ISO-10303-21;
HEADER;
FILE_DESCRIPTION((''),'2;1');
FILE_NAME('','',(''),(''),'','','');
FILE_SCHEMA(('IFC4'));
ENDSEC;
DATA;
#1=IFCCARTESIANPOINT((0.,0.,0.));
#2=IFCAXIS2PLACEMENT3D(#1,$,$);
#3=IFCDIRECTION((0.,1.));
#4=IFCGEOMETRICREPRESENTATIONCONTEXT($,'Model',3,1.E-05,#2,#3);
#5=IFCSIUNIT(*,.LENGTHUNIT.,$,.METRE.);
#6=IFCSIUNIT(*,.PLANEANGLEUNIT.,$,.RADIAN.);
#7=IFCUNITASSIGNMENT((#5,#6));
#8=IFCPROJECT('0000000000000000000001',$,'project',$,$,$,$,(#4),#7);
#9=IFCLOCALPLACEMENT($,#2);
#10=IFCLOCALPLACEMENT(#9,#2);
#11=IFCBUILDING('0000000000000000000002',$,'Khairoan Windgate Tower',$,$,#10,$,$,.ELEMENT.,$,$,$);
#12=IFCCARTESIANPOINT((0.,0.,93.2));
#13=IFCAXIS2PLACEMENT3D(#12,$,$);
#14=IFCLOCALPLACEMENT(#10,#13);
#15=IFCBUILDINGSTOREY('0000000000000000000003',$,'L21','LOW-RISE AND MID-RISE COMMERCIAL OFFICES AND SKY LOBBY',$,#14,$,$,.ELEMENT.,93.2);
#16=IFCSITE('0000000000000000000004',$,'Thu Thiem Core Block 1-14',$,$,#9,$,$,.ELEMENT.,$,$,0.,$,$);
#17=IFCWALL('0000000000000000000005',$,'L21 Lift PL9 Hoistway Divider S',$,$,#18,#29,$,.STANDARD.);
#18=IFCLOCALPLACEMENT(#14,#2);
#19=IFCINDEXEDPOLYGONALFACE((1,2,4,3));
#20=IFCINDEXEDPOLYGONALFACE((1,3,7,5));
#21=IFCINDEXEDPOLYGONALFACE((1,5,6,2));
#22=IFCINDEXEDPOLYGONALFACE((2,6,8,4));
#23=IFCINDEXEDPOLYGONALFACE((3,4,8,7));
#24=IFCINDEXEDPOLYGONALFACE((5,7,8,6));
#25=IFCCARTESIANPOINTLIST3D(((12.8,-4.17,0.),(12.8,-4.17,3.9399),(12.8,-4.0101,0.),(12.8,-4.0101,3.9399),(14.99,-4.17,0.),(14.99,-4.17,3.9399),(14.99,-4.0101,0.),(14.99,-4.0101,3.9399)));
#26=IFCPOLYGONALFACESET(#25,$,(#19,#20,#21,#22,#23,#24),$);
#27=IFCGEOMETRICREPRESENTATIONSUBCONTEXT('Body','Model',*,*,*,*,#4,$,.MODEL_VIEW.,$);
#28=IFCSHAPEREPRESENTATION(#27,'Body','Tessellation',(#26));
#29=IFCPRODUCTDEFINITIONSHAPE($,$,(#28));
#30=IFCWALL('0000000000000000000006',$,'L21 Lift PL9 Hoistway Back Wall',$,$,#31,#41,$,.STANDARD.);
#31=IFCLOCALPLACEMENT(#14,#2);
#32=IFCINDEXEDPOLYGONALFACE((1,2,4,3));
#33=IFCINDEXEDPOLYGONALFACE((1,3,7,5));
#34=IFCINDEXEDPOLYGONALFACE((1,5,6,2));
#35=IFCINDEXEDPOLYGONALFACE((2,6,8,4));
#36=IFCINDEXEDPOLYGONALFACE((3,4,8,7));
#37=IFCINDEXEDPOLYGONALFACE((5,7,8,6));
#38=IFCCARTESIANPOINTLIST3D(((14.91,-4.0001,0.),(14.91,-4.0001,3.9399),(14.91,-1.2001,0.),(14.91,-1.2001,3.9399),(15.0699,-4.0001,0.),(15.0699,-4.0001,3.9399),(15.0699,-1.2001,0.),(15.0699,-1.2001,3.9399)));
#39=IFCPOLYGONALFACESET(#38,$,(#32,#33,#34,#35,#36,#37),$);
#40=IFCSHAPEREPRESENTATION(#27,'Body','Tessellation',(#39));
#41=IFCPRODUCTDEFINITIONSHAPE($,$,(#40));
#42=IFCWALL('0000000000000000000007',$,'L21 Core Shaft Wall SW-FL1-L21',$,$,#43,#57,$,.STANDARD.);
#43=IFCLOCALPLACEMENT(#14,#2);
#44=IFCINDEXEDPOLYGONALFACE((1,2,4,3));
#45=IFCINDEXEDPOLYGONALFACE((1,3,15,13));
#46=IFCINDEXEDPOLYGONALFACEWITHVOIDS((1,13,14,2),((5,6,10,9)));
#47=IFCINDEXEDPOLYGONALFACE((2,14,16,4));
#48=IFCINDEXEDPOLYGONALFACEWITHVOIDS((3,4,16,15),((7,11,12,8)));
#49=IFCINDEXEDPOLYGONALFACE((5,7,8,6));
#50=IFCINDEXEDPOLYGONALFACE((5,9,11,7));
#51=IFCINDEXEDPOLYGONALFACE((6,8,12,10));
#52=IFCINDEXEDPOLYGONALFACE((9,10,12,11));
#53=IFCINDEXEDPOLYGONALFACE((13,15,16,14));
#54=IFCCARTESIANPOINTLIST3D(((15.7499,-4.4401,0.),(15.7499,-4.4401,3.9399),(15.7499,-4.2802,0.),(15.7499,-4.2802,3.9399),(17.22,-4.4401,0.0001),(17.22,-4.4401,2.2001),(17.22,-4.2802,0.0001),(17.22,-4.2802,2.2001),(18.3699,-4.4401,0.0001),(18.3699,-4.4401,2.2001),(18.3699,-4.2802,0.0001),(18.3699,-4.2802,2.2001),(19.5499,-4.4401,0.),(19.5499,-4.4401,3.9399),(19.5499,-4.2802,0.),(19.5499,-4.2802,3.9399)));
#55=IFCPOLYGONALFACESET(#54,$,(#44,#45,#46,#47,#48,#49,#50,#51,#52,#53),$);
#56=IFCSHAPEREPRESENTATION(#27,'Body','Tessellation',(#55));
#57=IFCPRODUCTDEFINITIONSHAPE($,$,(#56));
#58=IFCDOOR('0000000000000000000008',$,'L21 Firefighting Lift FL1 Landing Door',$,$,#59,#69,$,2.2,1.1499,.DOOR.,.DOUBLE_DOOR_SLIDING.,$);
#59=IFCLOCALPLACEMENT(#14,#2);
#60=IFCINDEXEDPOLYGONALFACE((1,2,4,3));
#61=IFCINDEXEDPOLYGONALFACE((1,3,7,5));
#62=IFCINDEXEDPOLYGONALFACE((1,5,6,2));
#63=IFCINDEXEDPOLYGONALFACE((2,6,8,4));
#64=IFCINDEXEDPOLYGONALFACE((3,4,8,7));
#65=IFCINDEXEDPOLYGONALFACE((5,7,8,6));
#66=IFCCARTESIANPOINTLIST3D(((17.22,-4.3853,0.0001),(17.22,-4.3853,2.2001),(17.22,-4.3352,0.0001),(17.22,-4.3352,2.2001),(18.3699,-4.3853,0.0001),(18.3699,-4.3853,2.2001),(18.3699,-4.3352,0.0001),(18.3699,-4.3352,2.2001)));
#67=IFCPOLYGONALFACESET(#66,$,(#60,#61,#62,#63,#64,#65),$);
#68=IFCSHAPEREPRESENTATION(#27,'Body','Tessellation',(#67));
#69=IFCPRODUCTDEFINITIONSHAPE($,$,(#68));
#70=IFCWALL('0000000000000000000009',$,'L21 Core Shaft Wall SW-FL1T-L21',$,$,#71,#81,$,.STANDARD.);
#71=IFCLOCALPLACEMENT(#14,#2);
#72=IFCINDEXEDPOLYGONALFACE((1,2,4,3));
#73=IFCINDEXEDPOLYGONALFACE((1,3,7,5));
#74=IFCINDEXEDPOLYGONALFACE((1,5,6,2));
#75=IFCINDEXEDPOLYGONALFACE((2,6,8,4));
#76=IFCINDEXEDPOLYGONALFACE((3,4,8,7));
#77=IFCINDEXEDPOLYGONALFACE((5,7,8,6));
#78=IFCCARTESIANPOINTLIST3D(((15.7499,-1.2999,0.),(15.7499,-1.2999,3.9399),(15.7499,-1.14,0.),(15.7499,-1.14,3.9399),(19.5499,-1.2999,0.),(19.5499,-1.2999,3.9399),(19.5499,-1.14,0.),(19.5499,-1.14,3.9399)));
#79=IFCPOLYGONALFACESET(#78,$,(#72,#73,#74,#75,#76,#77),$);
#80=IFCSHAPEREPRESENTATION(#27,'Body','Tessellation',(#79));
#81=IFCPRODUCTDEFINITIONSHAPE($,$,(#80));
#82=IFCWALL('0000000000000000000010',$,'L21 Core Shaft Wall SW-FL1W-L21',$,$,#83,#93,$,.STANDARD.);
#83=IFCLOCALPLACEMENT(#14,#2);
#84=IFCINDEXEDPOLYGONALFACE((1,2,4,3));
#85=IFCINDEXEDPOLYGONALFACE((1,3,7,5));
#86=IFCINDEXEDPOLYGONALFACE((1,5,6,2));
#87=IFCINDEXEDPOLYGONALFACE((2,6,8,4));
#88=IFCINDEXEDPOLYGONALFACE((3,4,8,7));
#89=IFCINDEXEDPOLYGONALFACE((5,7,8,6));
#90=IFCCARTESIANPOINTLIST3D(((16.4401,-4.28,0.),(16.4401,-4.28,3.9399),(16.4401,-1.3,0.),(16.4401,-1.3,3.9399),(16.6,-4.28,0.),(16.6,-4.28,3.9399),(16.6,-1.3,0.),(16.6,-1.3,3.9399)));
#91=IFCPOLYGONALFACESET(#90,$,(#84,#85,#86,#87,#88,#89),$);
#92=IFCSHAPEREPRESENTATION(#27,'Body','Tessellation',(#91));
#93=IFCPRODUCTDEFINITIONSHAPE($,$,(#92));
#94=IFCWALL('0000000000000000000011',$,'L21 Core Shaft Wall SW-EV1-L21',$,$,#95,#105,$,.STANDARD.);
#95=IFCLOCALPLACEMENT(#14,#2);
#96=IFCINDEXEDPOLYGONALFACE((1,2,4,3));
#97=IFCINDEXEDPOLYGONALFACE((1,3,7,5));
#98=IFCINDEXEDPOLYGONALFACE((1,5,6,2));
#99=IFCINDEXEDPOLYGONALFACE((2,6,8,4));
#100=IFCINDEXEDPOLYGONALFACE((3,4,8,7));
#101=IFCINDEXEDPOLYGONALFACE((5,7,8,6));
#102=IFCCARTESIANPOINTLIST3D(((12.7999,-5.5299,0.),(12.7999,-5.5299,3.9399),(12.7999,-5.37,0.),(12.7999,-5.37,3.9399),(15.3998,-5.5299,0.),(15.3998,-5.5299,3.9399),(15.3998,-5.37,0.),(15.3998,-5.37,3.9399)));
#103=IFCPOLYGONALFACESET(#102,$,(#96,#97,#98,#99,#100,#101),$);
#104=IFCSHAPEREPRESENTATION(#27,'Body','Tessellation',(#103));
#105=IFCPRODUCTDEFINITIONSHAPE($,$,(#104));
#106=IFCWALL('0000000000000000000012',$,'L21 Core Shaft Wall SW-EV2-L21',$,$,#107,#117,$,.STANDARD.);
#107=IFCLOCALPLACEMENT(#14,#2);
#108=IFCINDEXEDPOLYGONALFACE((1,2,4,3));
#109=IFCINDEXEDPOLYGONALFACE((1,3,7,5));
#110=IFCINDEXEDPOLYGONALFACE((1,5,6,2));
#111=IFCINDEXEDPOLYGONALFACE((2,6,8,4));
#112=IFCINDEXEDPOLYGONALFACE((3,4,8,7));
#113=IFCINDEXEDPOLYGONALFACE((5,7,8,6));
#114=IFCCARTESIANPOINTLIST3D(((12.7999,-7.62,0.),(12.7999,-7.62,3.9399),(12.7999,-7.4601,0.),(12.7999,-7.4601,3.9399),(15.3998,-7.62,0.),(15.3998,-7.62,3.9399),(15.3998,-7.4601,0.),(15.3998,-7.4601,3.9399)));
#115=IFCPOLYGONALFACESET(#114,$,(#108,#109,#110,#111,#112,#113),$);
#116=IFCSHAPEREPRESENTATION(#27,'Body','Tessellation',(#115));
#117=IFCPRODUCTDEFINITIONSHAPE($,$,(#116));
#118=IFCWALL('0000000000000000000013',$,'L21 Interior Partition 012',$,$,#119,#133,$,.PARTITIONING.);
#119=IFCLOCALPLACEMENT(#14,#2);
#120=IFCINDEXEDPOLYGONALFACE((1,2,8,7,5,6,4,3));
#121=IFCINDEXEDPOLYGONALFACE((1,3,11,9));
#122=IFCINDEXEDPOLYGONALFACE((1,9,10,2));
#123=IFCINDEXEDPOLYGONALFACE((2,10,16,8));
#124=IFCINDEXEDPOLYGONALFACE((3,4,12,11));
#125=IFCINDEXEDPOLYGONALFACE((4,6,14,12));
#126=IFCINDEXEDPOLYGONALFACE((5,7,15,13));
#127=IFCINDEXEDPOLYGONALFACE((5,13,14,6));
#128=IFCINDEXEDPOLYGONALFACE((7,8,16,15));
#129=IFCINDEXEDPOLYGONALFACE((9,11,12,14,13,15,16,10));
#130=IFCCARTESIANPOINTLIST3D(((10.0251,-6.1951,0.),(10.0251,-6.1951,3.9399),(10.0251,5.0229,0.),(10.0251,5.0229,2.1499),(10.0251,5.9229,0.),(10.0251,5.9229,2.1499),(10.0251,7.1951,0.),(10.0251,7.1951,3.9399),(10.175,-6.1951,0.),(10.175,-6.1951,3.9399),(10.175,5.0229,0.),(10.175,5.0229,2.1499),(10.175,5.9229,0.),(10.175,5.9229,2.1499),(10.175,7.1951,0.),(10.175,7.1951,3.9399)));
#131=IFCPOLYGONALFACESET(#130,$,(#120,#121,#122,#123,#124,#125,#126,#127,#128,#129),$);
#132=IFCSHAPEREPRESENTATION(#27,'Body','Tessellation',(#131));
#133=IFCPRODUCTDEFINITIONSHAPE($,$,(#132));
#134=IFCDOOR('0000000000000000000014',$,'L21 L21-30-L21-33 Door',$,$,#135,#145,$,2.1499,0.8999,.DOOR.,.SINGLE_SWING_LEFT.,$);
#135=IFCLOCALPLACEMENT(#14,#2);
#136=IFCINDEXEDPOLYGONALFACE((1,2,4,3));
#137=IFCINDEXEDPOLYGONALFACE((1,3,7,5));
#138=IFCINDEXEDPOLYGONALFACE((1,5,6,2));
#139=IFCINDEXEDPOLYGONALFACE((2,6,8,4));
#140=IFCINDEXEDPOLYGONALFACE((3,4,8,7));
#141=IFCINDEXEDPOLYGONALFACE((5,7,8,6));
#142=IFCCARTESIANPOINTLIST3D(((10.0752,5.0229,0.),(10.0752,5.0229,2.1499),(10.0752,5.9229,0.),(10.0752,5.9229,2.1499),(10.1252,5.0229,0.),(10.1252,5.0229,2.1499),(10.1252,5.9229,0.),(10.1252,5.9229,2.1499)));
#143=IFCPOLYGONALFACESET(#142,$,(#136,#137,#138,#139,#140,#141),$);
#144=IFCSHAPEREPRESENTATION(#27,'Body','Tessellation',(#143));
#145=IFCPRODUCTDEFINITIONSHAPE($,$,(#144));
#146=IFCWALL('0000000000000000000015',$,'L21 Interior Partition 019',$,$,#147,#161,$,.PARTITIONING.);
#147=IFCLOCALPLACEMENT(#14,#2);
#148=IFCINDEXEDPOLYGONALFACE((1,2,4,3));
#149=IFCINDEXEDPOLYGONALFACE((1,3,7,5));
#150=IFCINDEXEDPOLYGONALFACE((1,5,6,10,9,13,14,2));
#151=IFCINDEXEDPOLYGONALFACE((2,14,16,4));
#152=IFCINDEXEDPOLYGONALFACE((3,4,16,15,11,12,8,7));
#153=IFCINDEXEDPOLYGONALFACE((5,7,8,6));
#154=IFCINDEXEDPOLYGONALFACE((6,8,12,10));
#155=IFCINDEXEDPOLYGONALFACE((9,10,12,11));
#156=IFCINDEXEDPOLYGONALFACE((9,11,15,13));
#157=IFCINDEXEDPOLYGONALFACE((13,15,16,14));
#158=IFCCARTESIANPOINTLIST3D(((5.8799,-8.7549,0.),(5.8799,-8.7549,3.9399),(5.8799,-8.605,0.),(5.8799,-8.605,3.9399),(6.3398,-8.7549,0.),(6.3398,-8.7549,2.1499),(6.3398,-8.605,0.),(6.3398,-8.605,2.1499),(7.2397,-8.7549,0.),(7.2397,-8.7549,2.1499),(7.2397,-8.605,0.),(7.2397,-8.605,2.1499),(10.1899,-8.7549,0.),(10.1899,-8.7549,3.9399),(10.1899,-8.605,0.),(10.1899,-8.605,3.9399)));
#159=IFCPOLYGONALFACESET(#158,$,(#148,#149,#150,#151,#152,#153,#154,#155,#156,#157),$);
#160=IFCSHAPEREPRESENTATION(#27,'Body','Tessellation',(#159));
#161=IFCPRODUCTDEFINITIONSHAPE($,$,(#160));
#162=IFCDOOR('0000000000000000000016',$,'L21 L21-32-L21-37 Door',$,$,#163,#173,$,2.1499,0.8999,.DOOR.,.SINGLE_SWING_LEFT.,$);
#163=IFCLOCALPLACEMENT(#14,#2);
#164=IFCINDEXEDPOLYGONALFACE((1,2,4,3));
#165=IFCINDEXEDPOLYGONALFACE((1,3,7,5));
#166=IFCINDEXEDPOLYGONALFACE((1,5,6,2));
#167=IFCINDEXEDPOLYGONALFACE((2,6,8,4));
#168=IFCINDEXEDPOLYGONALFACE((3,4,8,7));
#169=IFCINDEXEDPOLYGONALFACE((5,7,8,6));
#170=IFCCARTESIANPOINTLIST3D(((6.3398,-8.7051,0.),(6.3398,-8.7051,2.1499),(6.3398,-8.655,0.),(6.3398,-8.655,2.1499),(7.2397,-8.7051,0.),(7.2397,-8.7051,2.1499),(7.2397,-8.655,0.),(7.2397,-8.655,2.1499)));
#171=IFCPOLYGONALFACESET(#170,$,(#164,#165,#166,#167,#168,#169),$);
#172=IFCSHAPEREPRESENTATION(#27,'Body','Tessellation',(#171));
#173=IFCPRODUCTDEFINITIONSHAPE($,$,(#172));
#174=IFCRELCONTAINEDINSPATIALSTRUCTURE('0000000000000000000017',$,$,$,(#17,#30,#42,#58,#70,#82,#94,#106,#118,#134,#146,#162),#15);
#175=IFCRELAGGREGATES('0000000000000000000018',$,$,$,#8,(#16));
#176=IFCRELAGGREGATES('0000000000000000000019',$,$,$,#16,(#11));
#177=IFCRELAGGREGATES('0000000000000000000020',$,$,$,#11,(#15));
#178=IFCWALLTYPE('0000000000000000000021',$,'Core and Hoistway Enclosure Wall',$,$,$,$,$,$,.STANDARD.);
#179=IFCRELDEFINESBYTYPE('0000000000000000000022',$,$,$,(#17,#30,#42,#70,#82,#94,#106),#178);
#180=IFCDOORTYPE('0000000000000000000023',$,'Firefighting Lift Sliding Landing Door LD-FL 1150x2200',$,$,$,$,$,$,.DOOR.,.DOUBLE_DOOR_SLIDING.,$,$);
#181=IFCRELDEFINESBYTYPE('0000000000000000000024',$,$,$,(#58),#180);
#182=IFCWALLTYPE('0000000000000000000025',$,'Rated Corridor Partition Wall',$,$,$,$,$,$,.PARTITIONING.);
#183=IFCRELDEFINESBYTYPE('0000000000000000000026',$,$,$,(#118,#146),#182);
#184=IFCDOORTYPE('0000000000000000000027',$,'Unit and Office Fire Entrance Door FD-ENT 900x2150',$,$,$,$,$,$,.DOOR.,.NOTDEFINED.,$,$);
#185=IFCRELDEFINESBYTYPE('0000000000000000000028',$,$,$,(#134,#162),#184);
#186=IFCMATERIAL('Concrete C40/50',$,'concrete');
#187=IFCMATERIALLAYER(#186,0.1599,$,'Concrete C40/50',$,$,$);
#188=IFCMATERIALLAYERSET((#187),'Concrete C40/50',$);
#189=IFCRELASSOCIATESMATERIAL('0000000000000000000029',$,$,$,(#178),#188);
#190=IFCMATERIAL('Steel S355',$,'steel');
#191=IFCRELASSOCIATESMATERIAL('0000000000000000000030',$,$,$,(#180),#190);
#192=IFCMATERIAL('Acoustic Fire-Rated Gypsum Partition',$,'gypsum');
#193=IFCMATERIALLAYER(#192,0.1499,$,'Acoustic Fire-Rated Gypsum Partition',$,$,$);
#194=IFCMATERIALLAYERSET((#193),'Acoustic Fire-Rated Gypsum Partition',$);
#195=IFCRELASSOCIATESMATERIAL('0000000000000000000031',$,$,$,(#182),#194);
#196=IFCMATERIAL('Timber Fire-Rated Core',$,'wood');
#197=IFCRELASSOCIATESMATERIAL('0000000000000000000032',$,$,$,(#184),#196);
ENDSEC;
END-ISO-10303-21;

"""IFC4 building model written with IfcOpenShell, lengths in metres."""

from ifc_helpers import new_model, si_unit, direction, frame, frame_2d, origin, place, context, subcontext, project, spatial, rectangle, extrude, material, layer, layer_set, type_object, element, fill, save


model = new_model("IFC4")

# Units and contexts
model_context = context("Model", 3, precision=1e-05, world=origin(), true_north=direction((0.0, 1.0)))
body_context = subcontext(model_context, "Body", "Model", "MODEL_VIEW")
ifc_project = project(units=[si_unit("LENGTHUNIT", "METRE"), si_unit("PLANEANGLEUNIT", "RADIAN")], contexts=[model_context])

# Site, building, storey
site_placement = place(None, origin())
site = spatial("IfcSite", under=ifc_project, at=site_placement, Name="Thu Thiem Core Block 1-14", CompositionType="ELEMENT", RefElevation=0.0)
building_placement = place(site_placement, origin())
building = spatial("IfcBuilding", under=site, at=building_placement, Name="Khairoan Windgate Tower", CompositionType="ELEMENT")
storey_placement = place(building_placement, frame((0.0, 0.0, 93.2)))
storey = spatial("IfcBuildingStorey", under=building, at=storey_placement, Name="L21", Description="LOW-RISE AND MID-RISE COMMERCIAL OFFICES AND SKY LOBBY", CompositionType="ELEMENT", Elevation=93.2)

# Walls
ifc_material_1 = material(Name="Concrete C40/50", Category="concrete")
ifc_layer_1 = layer(ifc_material_1, 0.1599, Name="Concrete C40/50")
ifc_layer_set_1 = layer_set([ifc_layer_1], Name="Concrete C40/50")
wall_type_1 = type_object("IfcWallType", Name="Core and Hoistway Enclosure Wall", PredefinedType="STANDARD", material=ifc_layer_set_1)
wall_1_placement = place(storey_placement, frame((12.8, -4.0901, 0.0), z_axis=(0.0, 0.0, 1.0), x_axis=(1.0, 0.0, 0.0)))
element("IfcWall", 1, at=wall_1_placement, inside=storey, type_object=wall_type_1, Name="L21 Lift PL9 Hoistway Divider S", PredefinedType="STANDARD", context=body_context, shape_type="SweptSolid", body=[
    extrude(rectangle(XDim=2.1899, YDim=0.1599, at=frame_2d((1.095, 0.0))), origin(), (0.0, 0.0, 1.0), 3.9399),
])
wall_2_placement = place(storey_placement, frame((14.99, -4.0, 0.0), z_axis=(0.0, 0.0, 1.0), x_axis=(0.0, 1.0, 0.0)))
element("IfcWall", 2, at=wall_2_placement, inside=storey, type_object=wall_type_1, Name="L21 Lift PL9 Hoistway Back Wall", PredefinedType="STANDARD", context=body_context, shape_type="SweptSolid", body=[
    extrude(rectangle(XDim=2.8, YDim=0.1599, at=frame_2d((1.3999, 0.0))), origin(), (0.0, 0.0, 1.0), 3.9399),
])

# Wall, opening, door
wall_3_placement = place(storey_placement, frame((15.75, -4.3601, 0.0), z_axis=(0.0, 0.0, 1.0), x_axis=(1.0, 0.0, 0.0)))
wall_3 = element("IfcWall", 3, at=wall_3_placement, inside=storey, type_object=wall_type_1, Name="L21 Core Shaft Wall SW-FL1-L21", PredefinedType="STANDARD", context=body_context, shape_type="SweptSolid", body=[
    extrude(rectangle(XDim=3.8, YDim=0.1599, at=frame_2d((1.8999, 0.0))), origin(), (0.0, 0.0, 1.0), 3.9399),
])
opening_1_placement = place(wall_3_placement, frame((1.47, 0.0, 0.0)))
opening_1 = element("IfcOpeningElement", 4, at=opening_1_placement, cuts=wall_3, PredefinedType="OPENING", context=body_context, shape_type="SweptSolid", body=[
    extrude(rectangle(XDim=1.1499, YDim=2.2, at=frame_2d((0.575, 1.1001))), frame((0.0, 0.0898, 0.0), z_axis=(0.0, -1.0, 0.0), x_axis=(1.0, 0.0, 0.0)), (0.0, 0.0, 1.0), 0.1799),
])
ifc_material_2 = material(Name="Steel S355", Category="steel")
door_type_1 = type_object("IfcDoorType", Name="Firefighting Lift Sliding Landing Door LD-FL 1150x2200", OperationType="DOUBLE_DOOR_SLIDING", PredefinedType="DOOR", material=ifc_material_2)
door_1_placement = place(opening_1_placement, origin())
door_1 = element("IfcDoor", 5, at=door_1_placement, inside=storey, type_object=door_type_1, Name="L21 Firefighting Lift FL1 Landing Door", OperationType="DOUBLE_DOOR_SLIDING", OverallHeight=2.2, OverallWidth=1.1499, PredefinedType="DOOR", context=body_context, shape_type="SweptSolid", body=[
    extrude(rectangle(XDim=1.1499, YDim=2.2, at=frame_2d((0.575, 1.1001))), frame((0.0, 0.0249, 0.0), z_axis=(0.0, -1.0, 0.0), x_axis=(1.0, 0.0, 0.0)), (0.0, 0.0, 1.0), 0.05),
])
fill(opening_1, door_1)

# Walls
wall_4_placement = place(storey_placement, frame((15.75, -1.22, 0.0), z_axis=(0.0, 0.0, 1.0), x_axis=(1.0, 0.0, 0.0)))
element("IfcWall", 6, at=wall_4_placement, inside=storey, type_object=wall_type_1, Name="L21 Core Shaft Wall SW-FL1T-L21", PredefinedType="STANDARD", context=body_context, shape_type="SweptSolid", body=[
    extrude(rectangle(XDim=3.8, YDim=0.1599, at=frame_2d((1.8999, 0.0))), origin(), (0.0, 0.0, 1.0), 3.9399),
])
wall_5_placement = place(storey_placement, frame((16.52, -4.28, 0.0), z_axis=(0.0, 0.0, 1.0), x_axis=(0.0, 1.0, 0.0)))
element("IfcWall", 7, at=wall_5_placement, inside=storey, type_object=wall_type_1, Name="L21 Core Shaft Wall SW-FL1W-L21", PredefinedType="STANDARD", context=body_context, shape_type="SweptSolid", body=[
    extrude(rectangle(XDim=2.98, YDim=0.1599, at=frame_2d((1.49, 0.0))), origin(), (0.0, 0.0, 1.0), 3.9399),
])
for number, where, z_axis, x_axis, name in (
    (8, (12.8, -5.45, 0.0), (0.0, 0.0, 1.0), (1.0, 0.0, 0.0), "L21 Core Shaft Wall SW-EV1-L21"),
    (9, (12.8, -7.54, 0.0), (0.0, 0.0, 1.0), (1.0, 0.0, 0.0), "L21 Core Shaft Wall SW-EV2-L21"),
):
    element("IfcWall", number, at=place(storey_placement, frame(where, z_axis=z_axis, x_axis=x_axis)), inside=storey, type_object=wall_type_1, Name=name, PredefinedType="STANDARD", context=body_context, shape_type="SweptSolid", body=[
        extrude(rectangle(XDim=2.5999, YDim=0.1599, at=frame_2d((1.2998, 0.0))), origin(), (0.0, 0.0, 1.0), 3.9399),
    ])

# Walls, openings, doors
ifc_material_3 = material(Name="Acoustic Fire-Rated Gypsum Partition", Category="gypsum")
ifc_layer_2 = layer(ifc_material_3, 0.1499, Name="Acoustic Fire-Rated Gypsum Partition")
ifc_layer_set_2 = layer_set([ifc_layer_2], Name="Acoustic Fire-Rated Gypsum Partition")
wall_type_2 = type_object("IfcWallType", Name="Rated Corridor Partition Wall", PredefinedType="PARTITIONING", material=ifc_layer_set_2)
wall_6_placement = place(storey_placement, frame((10.1001, -6.1951, 0.0), z_axis=(0.0, 0.0, 1.0), x_axis=(0.0, 1.0, 0.0)))
wall_6 = element("IfcWall", 10, at=wall_6_placement, inside=storey, type_object=wall_type_2, Name="L21 Interior Partition 012", PredefinedType="PARTITIONING", context=body_context, shape_type="SweptSolid", body=[
    extrude(rectangle(XDim=13.3901, YDim=0.1499, at=frame_2d((6.6951, 0.0))), origin(), (0.0, 0.0, 1.0), 3.9399),
])
opening_2_placement = place(wall_6_placement, frame((11.218, 0.0, 0.0)))
opening_2 = element("IfcOpeningElement", 11, at=opening_2_placement, cuts=wall_6, PredefinedType="OPENING", context=body_context, shape_type="SweptSolid", body=[
    extrude(rectangle(XDim=0.8999, YDim=2.1499, at=frame_2d((0.45, 1.075))), frame((0.0, 0.085, 0.0), z_axis=(0.0, -1.0, 0.0), x_axis=(1.0, 0.0, 0.0)), (0.0, 0.0, 1.0), 0.1699),
])
ifc_material_4 = material(Name="Timber Fire-Rated Core", Category="wood")
door_type_2 = type_object("IfcDoorType", Name="Unit and Office Fire Entrance Door FD-ENT 900x2150", OperationType="NOTDEFINED", PredefinedType="DOOR", material=ifc_material_4)
door_2_placement = place(opening_2_placement, origin())
door_2 = element("IfcDoor", 12, at=door_2_placement, inside=storey, type_object=door_type_2, Name="L21 L21-30-L21-33 Door", OperationType="SINGLE_SWING_LEFT", OverallHeight=2.1499, OverallWidth=0.8999, PredefinedType="DOOR", context=body_context, shape_type="SweptSolid", body=[
    extrude(rectangle(XDim=0.8999, YDim=2.1499, at=frame_2d((0.45, 1.075))), frame((0.0, 0.0249, 0.0), z_axis=(0.0, -1.0, 0.0), x_axis=(1.0, 0.0, 0.0)), (0.0, 0.0, 1.0), 0.05),
])
fill(opening_2, door_2)
wall_7_placement = place(storey_placement, frame((5.8799, -8.6799, 0.0), z_axis=(0.0, 0.0, 1.0), x_axis=(1.0, 0.0, 0.0)))
wall_7 = element("IfcWall", 13, at=wall_7_placement, inside=storey, type_object=wall_type_2, Name="L21 Interior Partition 019", PredefinedType="PARTITIONING", context=body_context, shape_type="SweptSolid", body=[
    extrude(rectangle(XDim=4.3101, YDim=0.1499, at=frame_2d((2.155, 0.0))), origin(), (0.0, 0.0, 1.0), 3.9399),
])
opening_3_placement = place(wall_7_placement, frame((0.46, 0.0, 0.0)))
opening_3 = element("IfcOpeningElement", 14, at=opening_3_placement, cuts=wall_7, PredefinedType="OPENING", context=body_context, shape_type="SweptSolid", body=[
    extrude(rectangle(XDim=0.8999, YDim=2.1499, at=frame_2d((0.45, 1.075))), frame((0.0, 0.085, 0.0), z_axis=(0.0, -1.0, 0.0), x_axis=(1.0, 0.0, 0.0)), (0.0, 0.0, 1.0), 0.1699),
])
door_3_placement = place(opening_3_placement, origin())
door_3 = element("IfcDoor", 15, at=door_3_placement, inside=storey, type_object=door_type_2, Name="L21 L21-32-L21-37 Door", OperationType="SINGLE_SWING_LEFT", OverallHeight=2.1499, OverallWidth=0.8999, PredefinedType="DOOR", context=body_context, shape_type="SweptSolid", body=[
    extrude(rectangle(XDim=0.8999, YDim=2.1499, at=frame_2d((0.45, 1.075))), frame((0.0, 0.0249, 0.0), z_axis=(0.0, -1.0, 0.0), x_axis=(1.0, 0.0, 0.0)), (0.0, 0.0, 1.0), 0.05),
])
fill(opening_3, door_3)

save(model, "model.ifc")
